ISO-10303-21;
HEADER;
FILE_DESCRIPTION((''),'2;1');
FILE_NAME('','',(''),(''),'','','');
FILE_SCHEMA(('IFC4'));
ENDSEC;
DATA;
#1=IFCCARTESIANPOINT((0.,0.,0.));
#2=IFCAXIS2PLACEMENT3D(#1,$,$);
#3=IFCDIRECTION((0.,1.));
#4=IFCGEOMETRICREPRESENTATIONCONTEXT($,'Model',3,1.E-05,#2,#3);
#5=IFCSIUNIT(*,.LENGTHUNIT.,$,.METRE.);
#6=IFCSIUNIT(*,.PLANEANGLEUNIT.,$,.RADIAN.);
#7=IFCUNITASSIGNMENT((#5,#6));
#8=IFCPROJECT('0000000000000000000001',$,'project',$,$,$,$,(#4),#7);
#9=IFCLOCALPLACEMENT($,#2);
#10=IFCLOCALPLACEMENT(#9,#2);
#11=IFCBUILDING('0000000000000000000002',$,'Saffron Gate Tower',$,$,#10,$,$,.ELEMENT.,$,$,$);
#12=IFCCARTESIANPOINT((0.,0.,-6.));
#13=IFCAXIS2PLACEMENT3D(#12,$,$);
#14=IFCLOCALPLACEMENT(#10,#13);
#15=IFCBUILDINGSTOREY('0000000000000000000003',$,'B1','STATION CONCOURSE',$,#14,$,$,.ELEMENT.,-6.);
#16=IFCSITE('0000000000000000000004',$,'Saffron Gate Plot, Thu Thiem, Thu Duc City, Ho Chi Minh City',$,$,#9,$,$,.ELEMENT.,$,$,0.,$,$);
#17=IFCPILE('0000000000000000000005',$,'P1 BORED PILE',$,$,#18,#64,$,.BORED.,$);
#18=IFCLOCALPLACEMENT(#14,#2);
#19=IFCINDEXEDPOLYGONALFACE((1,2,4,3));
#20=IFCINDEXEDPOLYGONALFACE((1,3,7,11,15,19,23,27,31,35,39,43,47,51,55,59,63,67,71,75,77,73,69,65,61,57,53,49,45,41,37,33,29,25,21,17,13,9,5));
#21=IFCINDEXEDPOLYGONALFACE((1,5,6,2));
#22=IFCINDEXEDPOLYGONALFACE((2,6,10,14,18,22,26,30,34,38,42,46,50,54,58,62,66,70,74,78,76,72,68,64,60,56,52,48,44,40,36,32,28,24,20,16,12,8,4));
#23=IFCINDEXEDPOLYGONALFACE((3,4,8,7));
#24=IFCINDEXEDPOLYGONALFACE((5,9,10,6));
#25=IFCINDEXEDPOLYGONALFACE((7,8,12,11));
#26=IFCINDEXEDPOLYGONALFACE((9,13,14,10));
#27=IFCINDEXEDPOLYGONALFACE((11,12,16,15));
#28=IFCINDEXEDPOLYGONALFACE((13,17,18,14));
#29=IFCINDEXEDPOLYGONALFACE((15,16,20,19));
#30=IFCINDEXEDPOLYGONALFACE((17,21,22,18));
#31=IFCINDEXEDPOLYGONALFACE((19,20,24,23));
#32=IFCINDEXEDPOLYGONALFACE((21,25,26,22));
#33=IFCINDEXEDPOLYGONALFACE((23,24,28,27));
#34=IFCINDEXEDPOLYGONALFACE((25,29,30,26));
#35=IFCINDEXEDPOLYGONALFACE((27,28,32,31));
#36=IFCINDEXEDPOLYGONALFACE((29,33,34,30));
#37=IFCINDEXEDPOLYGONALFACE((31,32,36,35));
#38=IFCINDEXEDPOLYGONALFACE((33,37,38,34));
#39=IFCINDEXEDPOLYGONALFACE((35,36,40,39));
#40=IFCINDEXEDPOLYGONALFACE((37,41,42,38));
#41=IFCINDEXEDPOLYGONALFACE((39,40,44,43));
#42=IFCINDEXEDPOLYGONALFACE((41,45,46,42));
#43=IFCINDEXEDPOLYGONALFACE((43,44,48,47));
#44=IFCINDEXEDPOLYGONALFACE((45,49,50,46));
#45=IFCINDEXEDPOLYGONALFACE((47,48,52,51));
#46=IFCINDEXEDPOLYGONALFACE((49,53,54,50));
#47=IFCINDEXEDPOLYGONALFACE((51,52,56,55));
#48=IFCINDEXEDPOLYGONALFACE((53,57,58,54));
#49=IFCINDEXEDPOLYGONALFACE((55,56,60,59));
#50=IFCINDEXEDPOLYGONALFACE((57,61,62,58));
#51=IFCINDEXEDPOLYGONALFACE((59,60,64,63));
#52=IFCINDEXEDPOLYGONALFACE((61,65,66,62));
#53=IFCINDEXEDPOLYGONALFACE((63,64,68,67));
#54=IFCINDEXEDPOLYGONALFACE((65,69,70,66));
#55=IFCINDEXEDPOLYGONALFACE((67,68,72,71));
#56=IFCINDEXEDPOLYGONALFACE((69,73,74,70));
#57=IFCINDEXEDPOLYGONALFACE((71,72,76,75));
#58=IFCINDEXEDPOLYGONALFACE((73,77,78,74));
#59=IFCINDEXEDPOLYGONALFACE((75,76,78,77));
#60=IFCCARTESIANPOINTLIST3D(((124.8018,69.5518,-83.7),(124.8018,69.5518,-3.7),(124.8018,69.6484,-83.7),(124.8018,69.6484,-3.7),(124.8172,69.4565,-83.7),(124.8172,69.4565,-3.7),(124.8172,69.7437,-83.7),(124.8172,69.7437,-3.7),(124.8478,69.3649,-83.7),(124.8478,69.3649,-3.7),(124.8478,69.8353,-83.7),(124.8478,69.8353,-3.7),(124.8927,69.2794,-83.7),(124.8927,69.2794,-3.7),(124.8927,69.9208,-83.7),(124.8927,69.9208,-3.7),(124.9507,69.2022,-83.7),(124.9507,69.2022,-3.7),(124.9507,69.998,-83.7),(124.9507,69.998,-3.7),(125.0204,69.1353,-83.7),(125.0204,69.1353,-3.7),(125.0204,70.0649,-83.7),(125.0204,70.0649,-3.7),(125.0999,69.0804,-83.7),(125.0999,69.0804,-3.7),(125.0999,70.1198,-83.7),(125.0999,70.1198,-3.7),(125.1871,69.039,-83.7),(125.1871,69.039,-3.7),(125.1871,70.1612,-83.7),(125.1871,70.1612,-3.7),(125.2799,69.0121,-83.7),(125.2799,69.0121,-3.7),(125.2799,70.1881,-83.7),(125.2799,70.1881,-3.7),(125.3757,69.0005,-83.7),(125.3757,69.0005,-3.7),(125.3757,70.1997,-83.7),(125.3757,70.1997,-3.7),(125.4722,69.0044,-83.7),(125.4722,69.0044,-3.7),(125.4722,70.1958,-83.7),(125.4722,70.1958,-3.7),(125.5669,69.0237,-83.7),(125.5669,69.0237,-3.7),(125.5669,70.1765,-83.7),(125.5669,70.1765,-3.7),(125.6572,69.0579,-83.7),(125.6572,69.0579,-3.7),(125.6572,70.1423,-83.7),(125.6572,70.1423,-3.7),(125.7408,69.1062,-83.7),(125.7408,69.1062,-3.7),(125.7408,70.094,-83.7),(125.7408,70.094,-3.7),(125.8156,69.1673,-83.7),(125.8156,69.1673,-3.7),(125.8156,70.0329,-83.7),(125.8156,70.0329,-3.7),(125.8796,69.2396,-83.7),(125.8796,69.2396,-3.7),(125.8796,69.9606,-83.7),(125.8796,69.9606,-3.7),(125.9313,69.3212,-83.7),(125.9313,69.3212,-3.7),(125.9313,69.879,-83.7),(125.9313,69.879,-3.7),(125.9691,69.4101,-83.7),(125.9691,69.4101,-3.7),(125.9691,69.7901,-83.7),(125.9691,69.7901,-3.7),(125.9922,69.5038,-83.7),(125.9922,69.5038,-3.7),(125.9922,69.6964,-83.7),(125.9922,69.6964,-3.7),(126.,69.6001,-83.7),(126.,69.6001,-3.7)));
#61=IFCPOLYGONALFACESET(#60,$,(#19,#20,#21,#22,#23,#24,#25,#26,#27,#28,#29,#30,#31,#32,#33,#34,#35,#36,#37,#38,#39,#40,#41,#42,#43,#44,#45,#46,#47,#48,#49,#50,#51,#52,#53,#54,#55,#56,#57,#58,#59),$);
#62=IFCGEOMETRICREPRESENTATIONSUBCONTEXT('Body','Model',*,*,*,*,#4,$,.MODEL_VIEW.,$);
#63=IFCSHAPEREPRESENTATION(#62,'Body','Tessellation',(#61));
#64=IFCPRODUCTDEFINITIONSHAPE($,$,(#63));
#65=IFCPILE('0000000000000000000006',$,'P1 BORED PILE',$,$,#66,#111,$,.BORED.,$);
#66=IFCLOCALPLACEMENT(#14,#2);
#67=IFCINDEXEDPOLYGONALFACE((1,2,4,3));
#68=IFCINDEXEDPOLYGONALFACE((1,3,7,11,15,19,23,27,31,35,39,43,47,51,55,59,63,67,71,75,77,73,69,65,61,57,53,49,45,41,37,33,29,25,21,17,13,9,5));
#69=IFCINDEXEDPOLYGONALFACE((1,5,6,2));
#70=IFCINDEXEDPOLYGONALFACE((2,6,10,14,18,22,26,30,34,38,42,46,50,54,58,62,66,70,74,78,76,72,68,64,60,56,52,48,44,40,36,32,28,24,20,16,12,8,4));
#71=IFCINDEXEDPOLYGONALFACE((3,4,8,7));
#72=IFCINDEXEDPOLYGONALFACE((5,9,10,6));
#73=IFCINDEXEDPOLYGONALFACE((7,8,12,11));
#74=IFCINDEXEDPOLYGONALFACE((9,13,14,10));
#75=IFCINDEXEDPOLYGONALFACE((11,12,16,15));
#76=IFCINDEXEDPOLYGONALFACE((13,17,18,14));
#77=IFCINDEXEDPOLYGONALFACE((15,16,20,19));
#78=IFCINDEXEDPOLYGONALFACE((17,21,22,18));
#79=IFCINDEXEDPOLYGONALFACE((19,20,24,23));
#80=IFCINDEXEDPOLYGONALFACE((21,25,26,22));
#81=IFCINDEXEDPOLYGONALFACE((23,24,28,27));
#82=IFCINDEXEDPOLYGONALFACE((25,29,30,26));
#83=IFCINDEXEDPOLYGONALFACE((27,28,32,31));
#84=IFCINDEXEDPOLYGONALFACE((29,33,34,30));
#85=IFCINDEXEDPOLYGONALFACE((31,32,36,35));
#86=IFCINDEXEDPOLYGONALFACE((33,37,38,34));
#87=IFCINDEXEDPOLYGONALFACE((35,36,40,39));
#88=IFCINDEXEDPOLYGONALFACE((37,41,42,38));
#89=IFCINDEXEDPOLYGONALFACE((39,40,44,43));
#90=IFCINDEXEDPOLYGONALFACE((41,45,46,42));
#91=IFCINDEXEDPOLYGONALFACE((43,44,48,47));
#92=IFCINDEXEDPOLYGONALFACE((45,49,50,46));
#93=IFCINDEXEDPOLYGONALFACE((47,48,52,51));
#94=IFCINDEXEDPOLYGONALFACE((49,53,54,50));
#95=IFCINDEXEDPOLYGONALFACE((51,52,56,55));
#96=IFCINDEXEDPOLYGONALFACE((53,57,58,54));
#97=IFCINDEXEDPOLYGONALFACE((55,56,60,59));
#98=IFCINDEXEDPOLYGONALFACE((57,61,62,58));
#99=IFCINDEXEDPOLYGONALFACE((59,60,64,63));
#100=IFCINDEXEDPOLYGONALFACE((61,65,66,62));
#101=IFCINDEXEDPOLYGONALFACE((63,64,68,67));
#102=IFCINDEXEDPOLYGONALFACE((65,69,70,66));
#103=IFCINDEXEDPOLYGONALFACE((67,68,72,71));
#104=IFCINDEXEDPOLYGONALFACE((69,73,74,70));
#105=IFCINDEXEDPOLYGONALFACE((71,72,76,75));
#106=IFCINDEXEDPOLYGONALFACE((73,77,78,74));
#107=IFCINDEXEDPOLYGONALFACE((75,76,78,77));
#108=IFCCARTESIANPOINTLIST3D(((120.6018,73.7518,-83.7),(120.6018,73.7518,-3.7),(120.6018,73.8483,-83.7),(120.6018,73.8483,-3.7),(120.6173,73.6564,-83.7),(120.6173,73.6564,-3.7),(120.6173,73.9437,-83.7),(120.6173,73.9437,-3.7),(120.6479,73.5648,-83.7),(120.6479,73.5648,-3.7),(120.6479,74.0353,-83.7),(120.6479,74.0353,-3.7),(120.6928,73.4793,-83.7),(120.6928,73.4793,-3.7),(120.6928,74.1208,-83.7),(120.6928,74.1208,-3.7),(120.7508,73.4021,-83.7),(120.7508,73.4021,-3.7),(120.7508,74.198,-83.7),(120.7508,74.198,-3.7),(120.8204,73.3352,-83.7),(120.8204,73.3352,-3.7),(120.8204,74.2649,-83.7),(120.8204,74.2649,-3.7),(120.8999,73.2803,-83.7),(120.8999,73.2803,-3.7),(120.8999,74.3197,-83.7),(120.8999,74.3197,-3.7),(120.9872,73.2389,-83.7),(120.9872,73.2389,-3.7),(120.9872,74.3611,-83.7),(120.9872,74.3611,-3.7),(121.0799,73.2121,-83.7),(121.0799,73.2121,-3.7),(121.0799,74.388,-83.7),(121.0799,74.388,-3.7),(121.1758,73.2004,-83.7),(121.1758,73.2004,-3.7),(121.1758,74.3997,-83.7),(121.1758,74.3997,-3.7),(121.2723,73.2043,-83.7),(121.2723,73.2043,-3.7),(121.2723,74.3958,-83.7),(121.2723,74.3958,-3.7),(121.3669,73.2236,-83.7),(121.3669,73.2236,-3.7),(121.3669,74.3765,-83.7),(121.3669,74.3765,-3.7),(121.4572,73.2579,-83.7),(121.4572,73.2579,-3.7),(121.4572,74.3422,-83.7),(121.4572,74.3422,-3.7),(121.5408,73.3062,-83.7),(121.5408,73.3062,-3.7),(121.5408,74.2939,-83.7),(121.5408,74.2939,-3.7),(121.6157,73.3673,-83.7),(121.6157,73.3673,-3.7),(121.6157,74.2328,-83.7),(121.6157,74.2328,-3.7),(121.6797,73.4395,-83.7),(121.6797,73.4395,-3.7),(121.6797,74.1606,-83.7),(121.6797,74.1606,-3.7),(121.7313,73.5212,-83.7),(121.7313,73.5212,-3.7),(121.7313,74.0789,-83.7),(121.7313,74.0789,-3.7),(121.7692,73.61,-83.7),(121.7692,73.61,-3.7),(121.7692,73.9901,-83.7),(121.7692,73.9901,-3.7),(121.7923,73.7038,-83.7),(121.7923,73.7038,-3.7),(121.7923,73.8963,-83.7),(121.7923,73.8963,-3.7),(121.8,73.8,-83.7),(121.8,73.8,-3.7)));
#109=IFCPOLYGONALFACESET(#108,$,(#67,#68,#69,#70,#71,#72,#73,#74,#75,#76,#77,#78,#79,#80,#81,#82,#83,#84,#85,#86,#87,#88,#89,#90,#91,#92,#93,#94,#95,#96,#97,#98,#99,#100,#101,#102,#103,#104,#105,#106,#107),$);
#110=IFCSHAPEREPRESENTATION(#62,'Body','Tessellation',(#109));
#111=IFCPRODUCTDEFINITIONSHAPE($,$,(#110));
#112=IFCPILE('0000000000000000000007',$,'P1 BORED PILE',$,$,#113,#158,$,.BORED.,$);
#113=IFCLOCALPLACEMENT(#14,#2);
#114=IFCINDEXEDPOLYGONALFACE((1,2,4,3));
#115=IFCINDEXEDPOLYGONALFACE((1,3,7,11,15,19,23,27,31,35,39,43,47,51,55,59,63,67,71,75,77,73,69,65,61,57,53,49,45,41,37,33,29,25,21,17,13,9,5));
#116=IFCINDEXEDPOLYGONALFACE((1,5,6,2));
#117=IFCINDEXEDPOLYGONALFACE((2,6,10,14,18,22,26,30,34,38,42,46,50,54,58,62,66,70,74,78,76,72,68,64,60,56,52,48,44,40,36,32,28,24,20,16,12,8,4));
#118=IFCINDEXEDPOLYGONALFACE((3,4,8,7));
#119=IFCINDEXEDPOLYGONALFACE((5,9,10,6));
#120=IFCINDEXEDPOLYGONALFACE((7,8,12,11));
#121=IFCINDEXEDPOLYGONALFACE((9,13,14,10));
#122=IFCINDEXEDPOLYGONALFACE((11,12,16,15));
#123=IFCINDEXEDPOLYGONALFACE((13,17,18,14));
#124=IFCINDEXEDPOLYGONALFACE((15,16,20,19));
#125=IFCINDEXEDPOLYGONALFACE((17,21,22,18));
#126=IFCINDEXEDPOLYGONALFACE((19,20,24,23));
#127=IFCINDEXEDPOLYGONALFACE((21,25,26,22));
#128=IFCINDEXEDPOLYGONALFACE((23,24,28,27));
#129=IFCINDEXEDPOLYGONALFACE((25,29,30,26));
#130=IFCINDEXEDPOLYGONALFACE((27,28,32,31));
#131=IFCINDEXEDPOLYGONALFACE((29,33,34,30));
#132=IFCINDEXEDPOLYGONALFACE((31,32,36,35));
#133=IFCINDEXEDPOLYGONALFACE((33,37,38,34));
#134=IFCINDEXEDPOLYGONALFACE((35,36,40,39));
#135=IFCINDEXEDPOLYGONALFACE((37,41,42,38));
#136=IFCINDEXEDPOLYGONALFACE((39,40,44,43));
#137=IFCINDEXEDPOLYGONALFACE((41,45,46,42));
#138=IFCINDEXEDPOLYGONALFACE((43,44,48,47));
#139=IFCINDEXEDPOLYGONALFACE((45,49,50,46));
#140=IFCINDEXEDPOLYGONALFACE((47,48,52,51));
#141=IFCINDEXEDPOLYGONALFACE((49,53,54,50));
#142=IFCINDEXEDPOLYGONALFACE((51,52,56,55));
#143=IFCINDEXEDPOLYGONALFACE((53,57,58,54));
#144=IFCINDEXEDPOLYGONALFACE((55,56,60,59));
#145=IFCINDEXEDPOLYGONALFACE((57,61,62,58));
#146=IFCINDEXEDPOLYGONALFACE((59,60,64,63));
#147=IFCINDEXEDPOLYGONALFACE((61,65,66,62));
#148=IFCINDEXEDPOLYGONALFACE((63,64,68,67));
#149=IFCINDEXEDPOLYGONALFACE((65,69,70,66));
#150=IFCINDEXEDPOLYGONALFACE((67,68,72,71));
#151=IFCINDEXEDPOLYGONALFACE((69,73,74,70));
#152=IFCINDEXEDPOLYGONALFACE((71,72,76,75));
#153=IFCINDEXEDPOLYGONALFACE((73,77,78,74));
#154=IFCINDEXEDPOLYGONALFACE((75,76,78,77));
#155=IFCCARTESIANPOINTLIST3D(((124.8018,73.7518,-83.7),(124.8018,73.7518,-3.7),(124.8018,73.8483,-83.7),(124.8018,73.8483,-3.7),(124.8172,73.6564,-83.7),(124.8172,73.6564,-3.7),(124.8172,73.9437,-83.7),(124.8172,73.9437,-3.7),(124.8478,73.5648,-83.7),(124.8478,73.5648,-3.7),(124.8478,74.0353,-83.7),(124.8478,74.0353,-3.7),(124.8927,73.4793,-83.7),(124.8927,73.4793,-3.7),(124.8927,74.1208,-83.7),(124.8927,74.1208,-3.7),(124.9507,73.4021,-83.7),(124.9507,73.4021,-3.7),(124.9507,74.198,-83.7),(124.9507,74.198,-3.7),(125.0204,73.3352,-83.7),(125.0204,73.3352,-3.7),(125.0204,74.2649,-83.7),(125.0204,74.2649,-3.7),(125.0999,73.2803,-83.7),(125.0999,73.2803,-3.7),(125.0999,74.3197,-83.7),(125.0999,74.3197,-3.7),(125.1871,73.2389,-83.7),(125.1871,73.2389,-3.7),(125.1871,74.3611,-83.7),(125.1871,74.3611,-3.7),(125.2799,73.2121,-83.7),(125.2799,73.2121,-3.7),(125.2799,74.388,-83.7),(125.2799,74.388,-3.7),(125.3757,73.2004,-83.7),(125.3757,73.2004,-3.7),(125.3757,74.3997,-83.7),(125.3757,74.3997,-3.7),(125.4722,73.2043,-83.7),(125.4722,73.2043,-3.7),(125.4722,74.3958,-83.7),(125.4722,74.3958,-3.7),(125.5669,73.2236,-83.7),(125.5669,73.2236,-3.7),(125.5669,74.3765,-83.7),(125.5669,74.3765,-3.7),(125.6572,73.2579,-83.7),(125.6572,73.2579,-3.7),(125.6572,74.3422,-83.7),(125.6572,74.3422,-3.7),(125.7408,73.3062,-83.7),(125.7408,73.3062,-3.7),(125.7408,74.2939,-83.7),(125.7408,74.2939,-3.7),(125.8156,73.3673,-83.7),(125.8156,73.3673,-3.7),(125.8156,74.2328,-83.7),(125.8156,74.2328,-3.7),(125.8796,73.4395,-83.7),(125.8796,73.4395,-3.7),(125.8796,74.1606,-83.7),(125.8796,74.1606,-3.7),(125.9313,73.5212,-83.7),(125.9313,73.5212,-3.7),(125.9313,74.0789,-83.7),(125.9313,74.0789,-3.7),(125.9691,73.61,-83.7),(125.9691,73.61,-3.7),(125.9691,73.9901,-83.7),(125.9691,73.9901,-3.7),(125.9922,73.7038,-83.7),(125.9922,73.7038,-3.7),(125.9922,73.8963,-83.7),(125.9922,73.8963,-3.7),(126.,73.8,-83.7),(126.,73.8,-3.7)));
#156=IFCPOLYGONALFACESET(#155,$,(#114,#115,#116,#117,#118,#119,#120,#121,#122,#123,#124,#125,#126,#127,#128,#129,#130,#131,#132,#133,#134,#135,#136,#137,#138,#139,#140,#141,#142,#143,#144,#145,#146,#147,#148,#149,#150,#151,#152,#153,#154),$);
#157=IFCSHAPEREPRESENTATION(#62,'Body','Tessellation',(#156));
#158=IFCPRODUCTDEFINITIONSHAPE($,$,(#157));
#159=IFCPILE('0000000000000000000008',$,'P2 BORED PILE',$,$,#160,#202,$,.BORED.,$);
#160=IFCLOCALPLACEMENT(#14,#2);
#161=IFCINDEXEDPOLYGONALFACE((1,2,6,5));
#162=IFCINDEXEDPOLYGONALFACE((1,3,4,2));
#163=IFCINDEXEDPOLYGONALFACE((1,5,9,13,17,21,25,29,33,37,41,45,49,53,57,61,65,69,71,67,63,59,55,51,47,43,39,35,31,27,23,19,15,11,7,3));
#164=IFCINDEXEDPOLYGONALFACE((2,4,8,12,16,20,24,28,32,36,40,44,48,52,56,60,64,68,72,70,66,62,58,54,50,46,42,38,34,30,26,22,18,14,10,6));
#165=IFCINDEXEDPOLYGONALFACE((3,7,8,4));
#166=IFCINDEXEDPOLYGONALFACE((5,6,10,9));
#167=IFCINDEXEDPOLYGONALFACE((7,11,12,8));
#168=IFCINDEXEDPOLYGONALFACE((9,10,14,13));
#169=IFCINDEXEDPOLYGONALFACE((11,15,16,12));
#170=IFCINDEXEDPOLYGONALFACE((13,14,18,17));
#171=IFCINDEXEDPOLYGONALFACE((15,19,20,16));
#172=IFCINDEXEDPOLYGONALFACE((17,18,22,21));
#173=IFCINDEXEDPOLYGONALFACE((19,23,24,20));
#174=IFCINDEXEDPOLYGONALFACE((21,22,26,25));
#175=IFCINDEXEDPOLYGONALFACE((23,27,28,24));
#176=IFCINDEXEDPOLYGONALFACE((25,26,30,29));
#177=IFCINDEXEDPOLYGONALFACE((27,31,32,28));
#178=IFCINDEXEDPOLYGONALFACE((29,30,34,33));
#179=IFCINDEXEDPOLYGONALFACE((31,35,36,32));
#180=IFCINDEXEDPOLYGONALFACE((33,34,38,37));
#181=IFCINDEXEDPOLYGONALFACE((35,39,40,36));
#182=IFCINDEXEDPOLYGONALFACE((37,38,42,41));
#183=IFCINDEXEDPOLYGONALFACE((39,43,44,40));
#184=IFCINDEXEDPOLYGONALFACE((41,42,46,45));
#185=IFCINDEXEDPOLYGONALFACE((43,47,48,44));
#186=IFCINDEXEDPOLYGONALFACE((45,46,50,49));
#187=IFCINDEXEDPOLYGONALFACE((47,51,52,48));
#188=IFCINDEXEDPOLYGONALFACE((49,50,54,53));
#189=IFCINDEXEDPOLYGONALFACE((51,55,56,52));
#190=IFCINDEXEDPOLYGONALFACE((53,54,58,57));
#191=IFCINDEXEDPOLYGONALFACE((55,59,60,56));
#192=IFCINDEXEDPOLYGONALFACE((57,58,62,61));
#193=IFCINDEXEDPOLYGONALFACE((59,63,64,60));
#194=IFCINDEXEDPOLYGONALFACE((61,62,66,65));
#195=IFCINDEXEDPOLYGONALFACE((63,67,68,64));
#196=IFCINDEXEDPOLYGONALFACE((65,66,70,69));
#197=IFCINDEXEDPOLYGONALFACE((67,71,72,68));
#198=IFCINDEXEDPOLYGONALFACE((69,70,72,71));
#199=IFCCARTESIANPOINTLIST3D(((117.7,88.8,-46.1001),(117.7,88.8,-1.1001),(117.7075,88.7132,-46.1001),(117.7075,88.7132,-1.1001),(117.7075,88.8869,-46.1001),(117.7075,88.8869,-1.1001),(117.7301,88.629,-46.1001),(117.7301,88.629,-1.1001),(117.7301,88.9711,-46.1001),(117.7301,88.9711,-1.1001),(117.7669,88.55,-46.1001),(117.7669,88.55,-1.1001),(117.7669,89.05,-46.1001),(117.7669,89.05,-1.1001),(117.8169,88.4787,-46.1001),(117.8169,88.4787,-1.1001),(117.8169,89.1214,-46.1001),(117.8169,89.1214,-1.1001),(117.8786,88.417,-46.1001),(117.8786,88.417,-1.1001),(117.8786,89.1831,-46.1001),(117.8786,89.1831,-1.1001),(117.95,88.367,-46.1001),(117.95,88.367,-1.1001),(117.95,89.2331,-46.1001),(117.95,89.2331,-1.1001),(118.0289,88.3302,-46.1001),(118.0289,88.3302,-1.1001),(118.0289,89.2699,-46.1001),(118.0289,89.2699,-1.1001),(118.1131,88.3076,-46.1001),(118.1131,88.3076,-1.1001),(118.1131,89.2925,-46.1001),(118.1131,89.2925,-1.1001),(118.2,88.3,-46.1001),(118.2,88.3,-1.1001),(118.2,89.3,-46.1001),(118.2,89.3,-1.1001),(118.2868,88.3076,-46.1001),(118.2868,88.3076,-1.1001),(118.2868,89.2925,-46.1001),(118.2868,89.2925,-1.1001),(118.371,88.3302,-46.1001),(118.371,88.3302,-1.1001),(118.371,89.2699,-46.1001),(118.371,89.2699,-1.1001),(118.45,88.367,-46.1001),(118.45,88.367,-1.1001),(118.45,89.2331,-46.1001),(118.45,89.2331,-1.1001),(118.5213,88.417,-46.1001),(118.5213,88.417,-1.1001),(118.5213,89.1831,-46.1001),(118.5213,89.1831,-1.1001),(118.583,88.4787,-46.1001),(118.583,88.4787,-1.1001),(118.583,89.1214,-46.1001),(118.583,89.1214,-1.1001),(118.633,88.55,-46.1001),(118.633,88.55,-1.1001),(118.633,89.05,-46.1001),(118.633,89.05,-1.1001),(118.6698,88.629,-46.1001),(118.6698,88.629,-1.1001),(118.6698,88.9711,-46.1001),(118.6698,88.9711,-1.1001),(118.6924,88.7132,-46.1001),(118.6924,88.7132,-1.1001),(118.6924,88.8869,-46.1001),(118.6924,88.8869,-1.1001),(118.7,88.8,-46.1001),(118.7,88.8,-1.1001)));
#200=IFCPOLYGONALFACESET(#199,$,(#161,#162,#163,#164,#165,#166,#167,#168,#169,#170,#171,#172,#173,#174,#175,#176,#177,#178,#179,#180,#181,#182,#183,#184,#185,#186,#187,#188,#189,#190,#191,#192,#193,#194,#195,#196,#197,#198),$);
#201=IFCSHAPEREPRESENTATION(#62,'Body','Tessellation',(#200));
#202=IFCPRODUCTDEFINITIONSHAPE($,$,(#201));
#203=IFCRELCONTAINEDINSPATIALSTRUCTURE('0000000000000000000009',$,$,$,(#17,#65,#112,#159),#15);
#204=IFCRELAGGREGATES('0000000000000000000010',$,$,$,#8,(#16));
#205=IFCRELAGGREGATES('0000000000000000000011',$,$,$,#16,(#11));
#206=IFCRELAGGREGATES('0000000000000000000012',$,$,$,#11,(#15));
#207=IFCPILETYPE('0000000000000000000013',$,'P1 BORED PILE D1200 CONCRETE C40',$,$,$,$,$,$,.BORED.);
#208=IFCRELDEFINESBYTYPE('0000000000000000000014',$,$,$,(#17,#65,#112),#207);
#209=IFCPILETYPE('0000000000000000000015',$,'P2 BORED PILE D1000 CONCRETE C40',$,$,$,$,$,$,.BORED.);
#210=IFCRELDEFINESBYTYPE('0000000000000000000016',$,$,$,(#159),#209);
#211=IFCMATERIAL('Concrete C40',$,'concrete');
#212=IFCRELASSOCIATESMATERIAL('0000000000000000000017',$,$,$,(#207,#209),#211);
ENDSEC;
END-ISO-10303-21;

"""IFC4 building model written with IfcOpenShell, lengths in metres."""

from ifc_helpers import new_model, si_unit, direction, frame, origin, origin_2d, place, context, subcontext, project, spatial, circle, extrude, material, material_profile, profile_set, type_object, element, save


model = new_model("IFC4")

# Units and contexts
model_context = context("Model", 3, precision=1e-05, world=origin(), true_north=direction((0.0, 1.0)))
body_context = subcontext(model_context, "Body", "Model", "MODEL_VIEW")
ifc_project = project(units=[si_unit("LENGTHUNIT", "METRE"), si_unit("PLANEANGLEUNIT", "RADIAN")], contexts=[model_context])

# Site, building, storey
site_placement = place(None, origin())
site = spatial("IfcSite", under=ifc_project, at=site_placement, Name="Saffron Gate Plot, Thu Thiem, Thu Duc City, Ho Chi Minh City", CompositionType="ELEMENT", RefElevation=0.0)
building_placement = place(site_placement, origin())
building = spatial("IfcBuilding", under=site, at=building_placement, Name="Saffron Gate Tower", CompositionType="ELEMENT")
storey_placement = place(building_placement, frame((0.0, 0.0, -6.0)))
storey = spatial("IfcBuildingStorey", under=building, at=storey_placement, Name="B1", Description="STATION CONCOURSE", CompositionType="ELEMENT", Elevation=-6.0)

# Piles
ifc_material_1 = material(Name="Concrete C40", Category="concrete")
ifc_material_profile_1 = material_profile(ifc_material_1, circle(Radius=0.6001, at=origin_2d()))
ifc_profile_set_1 = profile_set([ifc_material_profile_1], Name="Concrete C40")
pile_type_1 = type_object("IfcPileType", Name="P1 BORED PILE D1200 CONCRETE C40", PredefinedType="BORED", material=ifc_profile_set_1)
for number, where, z_axis, x_axis, name in (
    (1, (125.3999, 69.6001, -3.7), (0.0, 0.0, -1.0), (1.0, 0.0, 0.0), "P1 BORED PILE"),
    (2, (121.2, 73.8, -3.7), (0.0, 0.0, -1.0), (1.0, 0.0, 0.0), "P1 BORED PILE"),
    (3, (125.3999, 73.8, -3.7), (0.0, 0.0, -1.0), (1.0, 0.0, 0.0), "P1 BORED PILE"),
):
    element("IfcPile", number, at=place(storey_placement, frame(where, z_axis=z_axis, x_axis=x_axis)), inside=storey, type_object=pile_type_1, Name=name, PredefinedType="BORED", context=body_context, shape_type="SweptSolid", body=[
        extrude(circle(Radius=0.6001, at=origin_2d()), origin(), (0.0, 0.0, 1.0), 80.0),
    ])
ifc_material_profile_2 = material_profile(ifc_material_1, circle(Radius=0.5, at=origin_2d()))
ifc_profile_set_2 = profile_set([ifc_material_profile_2], Name="Concrete C40")
pile_type_2 = type_object("IfcPileType", Name="P2 BORED PILE D1000 CONCRETE C40", PredefinedType="BORED", material=ifc_profile_set_2)
for number, where, z_axis, x_axis, name in (
    (4, (118.2, 88.8, -1.1001), (0.0, 0.0, -1.0), (1.0, 0.0, 0.0), "P2 BORED PILE"),
):
    element("IfcPile", number, at=place(storey_placement, frame(where, z_axis=z_axis, x_axis=x_axis)), inside=storey, type_object=pile_type_2, Name=name, PredefinedType="BORED", context=body_context, shape_type="SweptSolid", body=[
        extrude(circle(Radius=0.5, at=origin_2d()), origin(), (0.0, 0.0, 1.0), 45.0),
    ])

save(model, "model.ifc")
